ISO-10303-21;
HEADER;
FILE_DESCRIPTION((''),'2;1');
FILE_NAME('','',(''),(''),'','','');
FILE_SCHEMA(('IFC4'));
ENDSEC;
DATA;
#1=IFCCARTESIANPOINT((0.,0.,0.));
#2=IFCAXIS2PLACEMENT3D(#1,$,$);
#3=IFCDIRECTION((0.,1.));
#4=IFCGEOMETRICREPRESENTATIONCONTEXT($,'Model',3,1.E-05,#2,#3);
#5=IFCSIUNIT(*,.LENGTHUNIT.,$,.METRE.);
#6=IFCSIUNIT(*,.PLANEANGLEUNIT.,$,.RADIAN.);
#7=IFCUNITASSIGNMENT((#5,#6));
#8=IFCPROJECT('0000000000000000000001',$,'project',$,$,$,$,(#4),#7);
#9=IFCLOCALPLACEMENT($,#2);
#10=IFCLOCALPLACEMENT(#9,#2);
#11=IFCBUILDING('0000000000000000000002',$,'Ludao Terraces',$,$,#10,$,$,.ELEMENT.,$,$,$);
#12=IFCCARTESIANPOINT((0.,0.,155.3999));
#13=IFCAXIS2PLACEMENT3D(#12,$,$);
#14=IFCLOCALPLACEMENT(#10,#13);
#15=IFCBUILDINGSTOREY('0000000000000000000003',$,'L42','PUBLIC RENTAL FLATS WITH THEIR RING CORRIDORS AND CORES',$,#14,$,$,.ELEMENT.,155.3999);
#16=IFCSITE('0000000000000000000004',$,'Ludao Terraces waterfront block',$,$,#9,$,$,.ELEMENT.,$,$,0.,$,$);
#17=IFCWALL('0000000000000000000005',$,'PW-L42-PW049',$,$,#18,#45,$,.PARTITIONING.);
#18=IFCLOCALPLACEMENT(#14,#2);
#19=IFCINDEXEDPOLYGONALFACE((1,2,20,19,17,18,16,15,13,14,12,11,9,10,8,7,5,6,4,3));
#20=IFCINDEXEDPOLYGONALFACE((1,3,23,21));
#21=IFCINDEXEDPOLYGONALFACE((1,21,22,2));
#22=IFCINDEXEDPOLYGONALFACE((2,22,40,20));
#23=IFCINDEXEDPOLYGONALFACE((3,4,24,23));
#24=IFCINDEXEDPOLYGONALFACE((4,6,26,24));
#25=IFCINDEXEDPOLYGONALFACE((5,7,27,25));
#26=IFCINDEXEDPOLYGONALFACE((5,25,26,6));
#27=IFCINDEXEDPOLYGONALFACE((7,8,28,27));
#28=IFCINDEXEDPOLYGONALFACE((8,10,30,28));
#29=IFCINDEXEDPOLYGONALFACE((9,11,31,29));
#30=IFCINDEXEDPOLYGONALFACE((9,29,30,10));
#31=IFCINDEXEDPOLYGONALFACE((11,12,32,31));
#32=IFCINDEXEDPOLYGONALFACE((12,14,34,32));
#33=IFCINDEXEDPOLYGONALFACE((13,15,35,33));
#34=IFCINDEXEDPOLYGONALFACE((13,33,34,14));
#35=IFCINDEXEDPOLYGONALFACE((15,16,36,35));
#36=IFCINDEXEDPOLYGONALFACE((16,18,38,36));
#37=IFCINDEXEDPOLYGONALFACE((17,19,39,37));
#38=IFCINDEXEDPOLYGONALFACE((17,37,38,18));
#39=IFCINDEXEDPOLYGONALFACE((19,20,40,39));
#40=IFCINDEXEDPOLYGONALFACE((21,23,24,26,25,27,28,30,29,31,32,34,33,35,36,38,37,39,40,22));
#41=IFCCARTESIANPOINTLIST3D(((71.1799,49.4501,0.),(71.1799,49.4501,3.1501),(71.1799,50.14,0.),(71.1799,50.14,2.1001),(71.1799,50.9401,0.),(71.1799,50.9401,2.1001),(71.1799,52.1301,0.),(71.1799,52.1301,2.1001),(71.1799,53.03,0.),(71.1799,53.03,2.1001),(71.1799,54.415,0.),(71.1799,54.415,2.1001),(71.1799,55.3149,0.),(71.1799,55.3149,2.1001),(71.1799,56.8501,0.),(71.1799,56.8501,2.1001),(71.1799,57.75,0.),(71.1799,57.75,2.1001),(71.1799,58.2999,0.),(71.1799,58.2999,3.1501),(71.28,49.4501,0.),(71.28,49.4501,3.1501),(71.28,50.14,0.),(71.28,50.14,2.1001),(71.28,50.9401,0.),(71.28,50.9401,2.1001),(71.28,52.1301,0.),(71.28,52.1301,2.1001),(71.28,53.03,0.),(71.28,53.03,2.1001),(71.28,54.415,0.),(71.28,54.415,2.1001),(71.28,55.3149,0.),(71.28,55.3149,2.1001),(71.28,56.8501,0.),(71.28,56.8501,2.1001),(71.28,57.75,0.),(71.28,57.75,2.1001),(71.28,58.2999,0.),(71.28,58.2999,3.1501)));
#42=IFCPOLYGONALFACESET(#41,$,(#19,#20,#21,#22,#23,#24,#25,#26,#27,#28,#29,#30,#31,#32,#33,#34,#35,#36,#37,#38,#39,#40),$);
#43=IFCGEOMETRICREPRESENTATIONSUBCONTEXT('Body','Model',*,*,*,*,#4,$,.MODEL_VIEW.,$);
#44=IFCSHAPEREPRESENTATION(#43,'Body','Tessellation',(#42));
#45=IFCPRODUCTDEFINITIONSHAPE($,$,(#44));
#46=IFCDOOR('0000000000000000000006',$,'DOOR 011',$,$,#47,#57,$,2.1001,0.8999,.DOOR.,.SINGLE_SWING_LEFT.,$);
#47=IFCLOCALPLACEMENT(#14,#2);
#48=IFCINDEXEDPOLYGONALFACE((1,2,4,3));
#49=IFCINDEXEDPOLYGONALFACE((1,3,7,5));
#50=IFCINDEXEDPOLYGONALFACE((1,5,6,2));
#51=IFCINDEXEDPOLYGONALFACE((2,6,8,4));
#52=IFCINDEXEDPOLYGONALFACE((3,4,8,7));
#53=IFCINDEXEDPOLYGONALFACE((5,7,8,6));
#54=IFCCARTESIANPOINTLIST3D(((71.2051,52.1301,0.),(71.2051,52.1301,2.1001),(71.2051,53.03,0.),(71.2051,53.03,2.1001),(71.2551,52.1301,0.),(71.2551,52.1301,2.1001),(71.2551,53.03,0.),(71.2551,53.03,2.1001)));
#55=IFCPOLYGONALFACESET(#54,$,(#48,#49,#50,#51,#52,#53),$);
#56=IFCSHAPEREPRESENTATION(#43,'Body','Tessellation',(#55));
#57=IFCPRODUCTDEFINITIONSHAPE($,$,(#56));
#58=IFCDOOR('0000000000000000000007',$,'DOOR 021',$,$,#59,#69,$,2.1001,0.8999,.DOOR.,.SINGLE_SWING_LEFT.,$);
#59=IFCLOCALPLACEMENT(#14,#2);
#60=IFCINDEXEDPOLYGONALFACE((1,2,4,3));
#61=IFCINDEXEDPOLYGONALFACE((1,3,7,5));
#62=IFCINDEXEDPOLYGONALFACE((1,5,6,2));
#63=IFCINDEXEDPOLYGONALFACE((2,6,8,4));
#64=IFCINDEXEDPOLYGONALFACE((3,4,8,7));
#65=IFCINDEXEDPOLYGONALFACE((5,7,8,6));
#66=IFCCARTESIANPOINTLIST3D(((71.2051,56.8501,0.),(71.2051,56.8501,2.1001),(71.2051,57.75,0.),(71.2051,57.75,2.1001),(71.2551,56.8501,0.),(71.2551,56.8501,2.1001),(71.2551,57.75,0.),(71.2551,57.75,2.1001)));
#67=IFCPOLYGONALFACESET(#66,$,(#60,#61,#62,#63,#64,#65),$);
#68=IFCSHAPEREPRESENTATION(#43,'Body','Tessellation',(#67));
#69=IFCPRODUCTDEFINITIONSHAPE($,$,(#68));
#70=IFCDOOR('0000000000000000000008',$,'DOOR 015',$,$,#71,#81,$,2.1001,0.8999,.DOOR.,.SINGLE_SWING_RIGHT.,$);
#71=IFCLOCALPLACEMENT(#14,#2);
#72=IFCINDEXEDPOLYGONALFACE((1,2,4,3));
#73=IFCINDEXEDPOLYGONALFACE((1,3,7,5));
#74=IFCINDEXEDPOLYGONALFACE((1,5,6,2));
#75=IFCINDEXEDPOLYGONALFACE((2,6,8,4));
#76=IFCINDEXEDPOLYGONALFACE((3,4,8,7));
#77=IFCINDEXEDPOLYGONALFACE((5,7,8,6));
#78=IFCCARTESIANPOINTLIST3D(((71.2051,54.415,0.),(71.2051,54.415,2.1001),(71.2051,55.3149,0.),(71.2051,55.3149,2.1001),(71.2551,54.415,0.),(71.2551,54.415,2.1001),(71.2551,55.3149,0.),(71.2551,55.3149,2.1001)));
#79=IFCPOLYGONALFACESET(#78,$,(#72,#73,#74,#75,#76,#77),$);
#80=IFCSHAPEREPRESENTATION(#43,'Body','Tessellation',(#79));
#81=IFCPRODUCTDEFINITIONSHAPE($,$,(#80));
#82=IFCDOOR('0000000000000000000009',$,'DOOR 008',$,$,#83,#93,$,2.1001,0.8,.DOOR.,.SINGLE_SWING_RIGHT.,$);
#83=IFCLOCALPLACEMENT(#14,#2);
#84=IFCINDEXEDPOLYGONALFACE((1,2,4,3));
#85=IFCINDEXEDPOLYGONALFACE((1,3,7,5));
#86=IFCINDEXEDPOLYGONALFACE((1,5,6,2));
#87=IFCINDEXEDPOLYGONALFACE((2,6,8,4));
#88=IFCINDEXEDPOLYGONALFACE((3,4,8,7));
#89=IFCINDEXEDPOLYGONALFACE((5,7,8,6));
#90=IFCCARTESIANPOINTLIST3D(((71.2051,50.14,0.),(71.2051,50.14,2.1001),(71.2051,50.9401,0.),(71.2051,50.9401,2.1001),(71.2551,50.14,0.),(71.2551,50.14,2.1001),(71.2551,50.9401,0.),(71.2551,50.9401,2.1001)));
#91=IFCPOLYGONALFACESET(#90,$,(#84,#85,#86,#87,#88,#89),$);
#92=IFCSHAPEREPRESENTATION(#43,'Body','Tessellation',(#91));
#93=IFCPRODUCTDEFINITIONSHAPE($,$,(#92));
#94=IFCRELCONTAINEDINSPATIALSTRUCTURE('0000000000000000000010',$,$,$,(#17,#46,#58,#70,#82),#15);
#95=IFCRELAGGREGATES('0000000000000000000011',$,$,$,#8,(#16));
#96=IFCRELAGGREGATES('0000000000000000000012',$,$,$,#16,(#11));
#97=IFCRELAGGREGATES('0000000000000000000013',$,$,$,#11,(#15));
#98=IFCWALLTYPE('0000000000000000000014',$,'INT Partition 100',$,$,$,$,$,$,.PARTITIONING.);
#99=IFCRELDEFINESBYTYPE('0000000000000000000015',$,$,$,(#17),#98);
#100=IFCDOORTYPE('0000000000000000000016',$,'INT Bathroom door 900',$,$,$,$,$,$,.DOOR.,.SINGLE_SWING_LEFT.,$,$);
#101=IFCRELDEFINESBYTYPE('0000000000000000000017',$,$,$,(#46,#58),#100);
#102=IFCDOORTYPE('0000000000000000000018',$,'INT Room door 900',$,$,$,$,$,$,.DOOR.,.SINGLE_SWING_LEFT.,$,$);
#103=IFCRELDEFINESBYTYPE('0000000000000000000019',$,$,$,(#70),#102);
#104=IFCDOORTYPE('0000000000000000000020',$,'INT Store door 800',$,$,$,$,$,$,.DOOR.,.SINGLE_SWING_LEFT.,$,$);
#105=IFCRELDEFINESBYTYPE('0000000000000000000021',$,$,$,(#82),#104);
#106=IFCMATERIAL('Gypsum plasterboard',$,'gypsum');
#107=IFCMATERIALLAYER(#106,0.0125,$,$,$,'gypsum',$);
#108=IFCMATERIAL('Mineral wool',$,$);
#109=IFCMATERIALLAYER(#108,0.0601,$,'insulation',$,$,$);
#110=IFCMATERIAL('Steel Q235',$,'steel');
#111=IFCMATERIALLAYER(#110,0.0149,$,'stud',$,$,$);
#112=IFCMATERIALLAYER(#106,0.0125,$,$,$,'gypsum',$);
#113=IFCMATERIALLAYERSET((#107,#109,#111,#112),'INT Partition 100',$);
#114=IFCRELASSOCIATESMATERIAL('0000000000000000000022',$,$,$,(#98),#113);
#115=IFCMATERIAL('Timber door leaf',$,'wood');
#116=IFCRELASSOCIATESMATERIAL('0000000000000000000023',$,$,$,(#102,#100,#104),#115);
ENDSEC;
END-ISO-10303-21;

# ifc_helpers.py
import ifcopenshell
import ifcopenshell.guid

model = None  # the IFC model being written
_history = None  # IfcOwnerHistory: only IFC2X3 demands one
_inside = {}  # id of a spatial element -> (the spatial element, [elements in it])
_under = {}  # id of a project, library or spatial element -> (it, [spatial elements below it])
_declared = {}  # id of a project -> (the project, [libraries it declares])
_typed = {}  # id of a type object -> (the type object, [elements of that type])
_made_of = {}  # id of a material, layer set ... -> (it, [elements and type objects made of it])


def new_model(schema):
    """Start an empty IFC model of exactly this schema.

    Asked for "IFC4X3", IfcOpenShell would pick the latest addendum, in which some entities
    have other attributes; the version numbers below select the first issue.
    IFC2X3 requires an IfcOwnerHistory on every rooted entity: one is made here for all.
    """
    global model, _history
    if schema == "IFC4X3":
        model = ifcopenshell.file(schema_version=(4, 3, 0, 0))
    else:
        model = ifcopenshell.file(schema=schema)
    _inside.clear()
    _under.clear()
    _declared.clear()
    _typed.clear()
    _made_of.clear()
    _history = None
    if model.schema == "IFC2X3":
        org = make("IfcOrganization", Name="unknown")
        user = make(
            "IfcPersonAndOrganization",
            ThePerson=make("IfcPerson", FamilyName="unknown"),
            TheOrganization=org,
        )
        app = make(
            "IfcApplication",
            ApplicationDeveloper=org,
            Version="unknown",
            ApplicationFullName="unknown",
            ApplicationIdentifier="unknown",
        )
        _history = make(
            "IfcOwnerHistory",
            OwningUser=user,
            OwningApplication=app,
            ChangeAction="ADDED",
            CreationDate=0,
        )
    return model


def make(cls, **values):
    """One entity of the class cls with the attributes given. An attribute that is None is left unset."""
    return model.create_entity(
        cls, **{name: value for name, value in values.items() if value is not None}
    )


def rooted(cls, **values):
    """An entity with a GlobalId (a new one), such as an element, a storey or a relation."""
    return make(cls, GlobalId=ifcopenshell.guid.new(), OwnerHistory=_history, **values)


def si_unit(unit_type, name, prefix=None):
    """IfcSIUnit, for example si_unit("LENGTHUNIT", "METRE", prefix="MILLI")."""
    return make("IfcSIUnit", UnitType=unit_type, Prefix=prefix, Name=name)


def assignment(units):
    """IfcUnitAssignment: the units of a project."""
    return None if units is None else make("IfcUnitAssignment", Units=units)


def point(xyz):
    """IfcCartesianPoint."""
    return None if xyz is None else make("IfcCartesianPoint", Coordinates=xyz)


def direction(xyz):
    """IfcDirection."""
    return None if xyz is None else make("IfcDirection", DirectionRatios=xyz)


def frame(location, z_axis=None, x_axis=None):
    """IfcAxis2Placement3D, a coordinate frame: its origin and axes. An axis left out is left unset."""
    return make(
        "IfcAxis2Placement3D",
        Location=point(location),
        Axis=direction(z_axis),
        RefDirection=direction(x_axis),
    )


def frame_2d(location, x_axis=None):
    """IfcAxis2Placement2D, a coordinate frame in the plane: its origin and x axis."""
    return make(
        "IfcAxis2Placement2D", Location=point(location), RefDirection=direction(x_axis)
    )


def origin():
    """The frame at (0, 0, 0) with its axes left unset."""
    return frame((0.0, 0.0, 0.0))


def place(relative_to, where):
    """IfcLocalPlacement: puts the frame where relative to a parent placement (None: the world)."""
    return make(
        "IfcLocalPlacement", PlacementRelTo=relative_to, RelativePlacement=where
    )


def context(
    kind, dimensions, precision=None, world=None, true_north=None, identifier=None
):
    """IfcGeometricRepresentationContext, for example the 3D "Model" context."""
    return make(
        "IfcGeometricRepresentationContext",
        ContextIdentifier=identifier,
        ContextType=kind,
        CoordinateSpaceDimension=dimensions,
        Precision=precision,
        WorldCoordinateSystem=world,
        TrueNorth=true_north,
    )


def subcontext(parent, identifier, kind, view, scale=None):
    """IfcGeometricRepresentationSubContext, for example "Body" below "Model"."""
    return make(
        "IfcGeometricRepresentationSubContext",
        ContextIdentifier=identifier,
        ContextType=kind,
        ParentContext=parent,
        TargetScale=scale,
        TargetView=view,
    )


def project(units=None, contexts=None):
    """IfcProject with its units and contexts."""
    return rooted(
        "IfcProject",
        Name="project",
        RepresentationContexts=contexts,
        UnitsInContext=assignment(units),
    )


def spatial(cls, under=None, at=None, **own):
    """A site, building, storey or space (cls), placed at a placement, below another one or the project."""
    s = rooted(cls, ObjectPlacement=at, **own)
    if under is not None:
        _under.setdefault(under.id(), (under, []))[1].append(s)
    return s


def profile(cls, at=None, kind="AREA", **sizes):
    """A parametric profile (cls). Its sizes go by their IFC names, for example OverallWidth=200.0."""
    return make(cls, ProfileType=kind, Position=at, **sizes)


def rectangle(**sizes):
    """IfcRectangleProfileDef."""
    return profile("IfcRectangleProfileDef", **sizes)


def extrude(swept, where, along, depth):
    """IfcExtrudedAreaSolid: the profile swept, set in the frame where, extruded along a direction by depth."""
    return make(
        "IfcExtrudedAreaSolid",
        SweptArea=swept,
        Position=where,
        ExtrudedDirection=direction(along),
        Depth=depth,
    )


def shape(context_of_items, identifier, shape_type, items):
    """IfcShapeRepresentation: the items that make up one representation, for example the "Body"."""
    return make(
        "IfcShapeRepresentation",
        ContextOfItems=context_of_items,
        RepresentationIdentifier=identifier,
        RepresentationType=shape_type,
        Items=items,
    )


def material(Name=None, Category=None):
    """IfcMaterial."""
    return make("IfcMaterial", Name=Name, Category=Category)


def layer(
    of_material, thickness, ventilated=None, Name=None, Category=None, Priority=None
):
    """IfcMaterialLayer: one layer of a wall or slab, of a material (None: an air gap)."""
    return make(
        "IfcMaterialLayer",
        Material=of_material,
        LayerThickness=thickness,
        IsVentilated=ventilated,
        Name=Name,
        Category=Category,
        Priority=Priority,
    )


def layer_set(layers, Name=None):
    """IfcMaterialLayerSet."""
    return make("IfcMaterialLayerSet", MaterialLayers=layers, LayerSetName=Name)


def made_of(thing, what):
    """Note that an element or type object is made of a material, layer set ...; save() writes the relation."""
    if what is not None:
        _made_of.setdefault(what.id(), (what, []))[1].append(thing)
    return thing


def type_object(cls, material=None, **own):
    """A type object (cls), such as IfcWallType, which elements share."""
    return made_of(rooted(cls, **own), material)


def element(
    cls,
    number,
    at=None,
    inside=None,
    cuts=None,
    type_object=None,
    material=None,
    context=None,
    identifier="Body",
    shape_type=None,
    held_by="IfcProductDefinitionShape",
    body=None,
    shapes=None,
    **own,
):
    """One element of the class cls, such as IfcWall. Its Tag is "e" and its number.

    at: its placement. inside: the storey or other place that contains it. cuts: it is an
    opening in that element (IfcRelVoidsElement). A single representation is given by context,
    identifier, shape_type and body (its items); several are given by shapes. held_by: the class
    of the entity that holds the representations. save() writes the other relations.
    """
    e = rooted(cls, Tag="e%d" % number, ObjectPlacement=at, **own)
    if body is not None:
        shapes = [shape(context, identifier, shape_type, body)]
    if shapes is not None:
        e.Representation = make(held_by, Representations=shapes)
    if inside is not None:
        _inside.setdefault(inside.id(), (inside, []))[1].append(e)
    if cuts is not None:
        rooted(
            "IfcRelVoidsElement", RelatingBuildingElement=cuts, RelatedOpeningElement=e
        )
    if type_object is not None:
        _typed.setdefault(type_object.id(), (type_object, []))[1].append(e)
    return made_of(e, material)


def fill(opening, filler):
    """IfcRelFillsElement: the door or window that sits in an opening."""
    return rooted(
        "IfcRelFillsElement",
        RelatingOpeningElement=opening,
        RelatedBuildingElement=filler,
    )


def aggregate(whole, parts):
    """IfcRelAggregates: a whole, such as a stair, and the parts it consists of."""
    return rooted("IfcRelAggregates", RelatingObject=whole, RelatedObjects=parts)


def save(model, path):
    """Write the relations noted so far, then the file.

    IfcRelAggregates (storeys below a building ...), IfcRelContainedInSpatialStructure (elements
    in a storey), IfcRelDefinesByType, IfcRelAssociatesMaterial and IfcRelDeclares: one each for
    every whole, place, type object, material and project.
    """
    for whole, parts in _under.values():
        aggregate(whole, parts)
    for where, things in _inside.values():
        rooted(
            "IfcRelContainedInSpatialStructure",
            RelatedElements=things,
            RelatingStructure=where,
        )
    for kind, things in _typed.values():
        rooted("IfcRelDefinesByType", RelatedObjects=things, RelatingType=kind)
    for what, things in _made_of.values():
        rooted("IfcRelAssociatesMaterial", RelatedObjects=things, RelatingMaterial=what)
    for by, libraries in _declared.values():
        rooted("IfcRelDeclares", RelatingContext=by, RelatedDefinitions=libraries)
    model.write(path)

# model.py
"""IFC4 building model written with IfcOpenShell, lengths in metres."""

from ifc_helpers import new_model, si_unit, direction, frame, frame_2d, origin, place, context, subcontext, project, spatial, rectangle, extrude, material, layer, layer_set, type_object, element, fill, save


model = new_model("IFC4")

# Units and contexts
model_context = context("Model", 3, precision=1e-05, world=origin(), true_north=direction((0.0, 1.0)))
body_context = subcontext(model_context, "Body", "Model", "MODEL_VIEW")
ifc_project = project(units=[si_unit("LENGTHUNIT", "METRE"), si_unit("PLANEANGLEUNIT", "RADIAN")], contexts=[model_context])

# Site, building, storey
site_placement = place(None, origin())
site = spatial("IfcSite", under=ifc_project, at=site_placement, Name="Ludao Terraces waterfront block", CompositionType="ELEMENT", RefElevation=0.0)
building_placement = place(site_placement, origin())
building = spatial("IfcBuilding", under=site, at=building_placement, Name="Ludao Terraces", CompositionType="ELEMENT")
storey_placement = place(building_placement, frame((0.0, 0.0, 155.3999)))
storey = spatial("IfcBuildingStorey", under=building, at=storey_placement, Name="L42", Description="PUBLIC RENTAL FLATS WITH THEIR RING CORRIDORS AND CORES", CompositionType="ELEMENT", Elevation=155.3999)

# Shared definitions
ifc_material_1 = material(Name="Mineral wool")

# Wall, openings, doors
ifc_material_2 = material(Name="Timber door leaf", Category="wood")
ifc_material_3 = material(Name="Gypsum plasterboard", Category="gypsum")
ifc_layer_1 = layer(ifc_material_3, 0.0125, Category="gypsum")
ifc_layer_2 = layer(ifc_material_1, 0.0601, Name="insulation")
ifc_material_4 = material(Name="Steel Q235", Category="steel")
ifc_layer_3 = layer(ifc_material_4, 0.0149, Name="stud")
ifc_layer_4 = layer(ifc_material_3, 0.0125, Category="gypsum")
ifc_layer_set_1 = layer_set([ifc_layer_1, ifc_layer_2, ifc_layer_3, ifc_layer_4], Name="INT Partition 100")
wall_type_1 = type_object("IfcWallType", Name="INT Partition 100", PredefinedType="PARTITIONING", material=ifc_layer_set_1)
door_type_1 = type_object("IfcDoorType", Name="INT Room door 900", OperationType="SINGLE_SWING_LEFT", PredefinedType="DOOR", material=ifc_material_2)
wall_1_placement = place(storey_placement, frame((71.23, 49.4502, 0.0), z_axis=(0.0, 0.0, 1.0), x_axis=(0.0, 1.0, 0.0)))
wall_1 = element("IfcWall", 1, at=wall_1_placement, inside=storey, type_object=wall_type_1, Name="PW-L42-PW049", PredefinedType="PARTITIONING", context=body_context, shape_type="SweptSolid", body=[
    extrude(rectangle(XDim=8.8499, YDim=0.1001, at=frame_2d((4.4248, 0.0))), origin(), (0.0, 0.0, 1.0), 3.1501),
])
opening_1_placement = place(wall_1_placement, frame((0.6899, 0.0, 0.0)))
opening_1 = element("IfcOpeningElement", 2, at=opening_1_placement, cuts=wall_1, PredefinedType="OPENING", context=body_context, shape_type="SweptSolid", body=[
    extrude(rectangle(XDim=0.8, YDim=2.1001, at=frame_2d((0.3999, 1.05))), frame((0.0, 0.0601, 0.0), z_axis=(0.0, -1.0, 0.0), x_axis=(1.0, 0.0, 0.0)), (0.0, 0.0, 1.0), 0.1201),
])
opening_2_placement = place(wall_1_placement, frame((2.6799, 0.0, 0.0)))
opening_2 = element("IfcOpeningElement", 3, at=opening_2_placement, cuts=wall_1, PredefinedType="OPENING", context=body_context, shape_type="SweptSolid", body=[
    extrude(rectangle(XDim=0.8999, YDim=2.1001, at=frame_2d((0.45, 1.05))), frame((0.0, 0.0601, 0.0), z_axis=(0.0, -1.0, 0.0), x_axis=(1.0, 0.0, 0.0)), (0.0, 0.0, 1.0), 0.1201),
])
opening_3_placement = place(wall_1_placement, frame((4.9648, 0.0, 0.0)))
opening_3 = element("IfcOpeningElement", 4, at=opening_3_placement, cuts=wall_1, PredefinedType="OPENING", context=body_context, shape_type="SweptSolid", body=[
    extrude(rectangle(XDim=0.8999, YDim=2.1001, at=frame_2d((0.45, 1.05))), frame((0.0, 0.0601, 0.0), z_axis=(0.0, -1.0, 0.0), x_axis=(1.0, 0.0, 0.0)), (0.0, 0.0, 1.0), 0.1201),
])
opening_4_placement = place(wall_1_placement, frame((7.3999, 0.0, 0.0)))
opening_4 = element("IfcOpeningElement", 5, at=opening_4_placement, cuts=wall_1, PredefinedType="OPENING", context=body_context, shape_type="SweptSolid", body=[
    extrude(rectangle(XDim=0.8999, YDim=2.1001, at=frame_2d((0.45, 1.05))), frame((0.0, 0.0601, 0.0), z_axis=(0.0, -1.0, 0.0), x_axis=(1.0, 0.0, 0.0)), (0.0, 0.0, 1.0), 0.1201),
])
door_type_2 = type_object("IfcDoorType", Name="INT Bathroom door 900", OperationType="SINGLE_SWING_LEFT", PredefinedType="DOOR", material=ifc_material_2)
door_1_placement = place(opening_2_placement, origin())
door_1 = element("IfcDoor", 6, at=door_1_placement, inside=storey, type_object=door_type_2, Name="DOOR 011", OperationType="SINGLE_SWING_LEFT", OverallHeight=2.1001, OverallWidth=0.8999, PredefinedType="DOOR", context=body_context, shape_type="SweptSolid", body=[
    extrude(rectangle(XDim=0.8999, YDim=2.1001, at=frame_2d((0.45, 1.05))), frame((0.0, 0.0249, 0.0), z_axis=(0.0, -1.0, 0.0), x_axis=(1.0, 0.0, 0.0)), (0.0, 0.0, 1.0), 0.05),
])
fill(opening_2, door_1)
door_2_placement = place(opening_4_placement, origin())
door_2 = element("IfcDoor", 7, at=door_2_placement, inside=storey, type_object=door_type_2, Name="DOOR 021", OperationType="SINGLE_SWING_LEFT", OverallHeight=2.1001, OverallWidth=0.8999, PredefinedType="DOOR", context=body_context, shape_type="SweptSolid", body=[
    extrude(rectangle(XDim=0.8999, YDim=2.1001, at=frame_2d((0.45, 1.05))), frame((0.0, 0.0249, 0.0), z_axis=(0.0, -1.0, 0.0), x_axis=(1.0, 0.0, 0.0)), (0.0, 0.0, 1.0), 0.05),
])
fill(opening_4, door_2)
door_3_placement = place(opening_3_placement, origin())
door_3 = element("IfcDoor", 8, at=door_3_placement, inside=storey, type_object=door_type_1, Name="DOOR 015", OperationType="SINGLE_SWING_RIGHT", OverallHeight=2.1001, OverallWidth=0.8999, PredefinedType="DOOR", context=body_context, shape_type="SweptSolid", body=[
    extrude(rectangle(XDim=0.8999, YDim=2.1001, at=frame_2d((0.45, 1.05))), frame((0.0, 0.0249, 0.0), z_axis=(0.0, -1.0, 0.0), x_axis=(1.0, 0.0, 0.0)), (0.0, 0.0, 1.0), 0.05),
])
fill(opening_3, door_3)
door_type_3 = type_object("IfcDoorType", Name="INT Store door 800", OperationType="SINGLE_SWING_LEFT", PredefinedType="DOOR", material=ifc_material_2)
door_4_placement = place(opening_1_placement, origin())
door_4 = element("IfcDoor", 9, at=door_4_placement, inside=storey, type_object=door_type_3, Name="DOOR 008", OperationType="SINGLE_SWING_RIGHT", OverallHeight=2.1001, OverallWidth=0.8, PredefinedType="DOOR", context=body_context, shape_type="SweptSolid", body=[
    extrude(rectangle(XDim=0.8, YDim=2.1001, at=frame_2d((0.3999, 1.05))), frame((0.0, 0.0249, 0.0), z_axis=(0.0, -1.0, 0.0), x_axis=(1.0, 0.0, 0.0)), (0.0, 0.0, 1.0), 0.05),
])
fill(opening_1, door_4)

save(model, "model.ifc")
